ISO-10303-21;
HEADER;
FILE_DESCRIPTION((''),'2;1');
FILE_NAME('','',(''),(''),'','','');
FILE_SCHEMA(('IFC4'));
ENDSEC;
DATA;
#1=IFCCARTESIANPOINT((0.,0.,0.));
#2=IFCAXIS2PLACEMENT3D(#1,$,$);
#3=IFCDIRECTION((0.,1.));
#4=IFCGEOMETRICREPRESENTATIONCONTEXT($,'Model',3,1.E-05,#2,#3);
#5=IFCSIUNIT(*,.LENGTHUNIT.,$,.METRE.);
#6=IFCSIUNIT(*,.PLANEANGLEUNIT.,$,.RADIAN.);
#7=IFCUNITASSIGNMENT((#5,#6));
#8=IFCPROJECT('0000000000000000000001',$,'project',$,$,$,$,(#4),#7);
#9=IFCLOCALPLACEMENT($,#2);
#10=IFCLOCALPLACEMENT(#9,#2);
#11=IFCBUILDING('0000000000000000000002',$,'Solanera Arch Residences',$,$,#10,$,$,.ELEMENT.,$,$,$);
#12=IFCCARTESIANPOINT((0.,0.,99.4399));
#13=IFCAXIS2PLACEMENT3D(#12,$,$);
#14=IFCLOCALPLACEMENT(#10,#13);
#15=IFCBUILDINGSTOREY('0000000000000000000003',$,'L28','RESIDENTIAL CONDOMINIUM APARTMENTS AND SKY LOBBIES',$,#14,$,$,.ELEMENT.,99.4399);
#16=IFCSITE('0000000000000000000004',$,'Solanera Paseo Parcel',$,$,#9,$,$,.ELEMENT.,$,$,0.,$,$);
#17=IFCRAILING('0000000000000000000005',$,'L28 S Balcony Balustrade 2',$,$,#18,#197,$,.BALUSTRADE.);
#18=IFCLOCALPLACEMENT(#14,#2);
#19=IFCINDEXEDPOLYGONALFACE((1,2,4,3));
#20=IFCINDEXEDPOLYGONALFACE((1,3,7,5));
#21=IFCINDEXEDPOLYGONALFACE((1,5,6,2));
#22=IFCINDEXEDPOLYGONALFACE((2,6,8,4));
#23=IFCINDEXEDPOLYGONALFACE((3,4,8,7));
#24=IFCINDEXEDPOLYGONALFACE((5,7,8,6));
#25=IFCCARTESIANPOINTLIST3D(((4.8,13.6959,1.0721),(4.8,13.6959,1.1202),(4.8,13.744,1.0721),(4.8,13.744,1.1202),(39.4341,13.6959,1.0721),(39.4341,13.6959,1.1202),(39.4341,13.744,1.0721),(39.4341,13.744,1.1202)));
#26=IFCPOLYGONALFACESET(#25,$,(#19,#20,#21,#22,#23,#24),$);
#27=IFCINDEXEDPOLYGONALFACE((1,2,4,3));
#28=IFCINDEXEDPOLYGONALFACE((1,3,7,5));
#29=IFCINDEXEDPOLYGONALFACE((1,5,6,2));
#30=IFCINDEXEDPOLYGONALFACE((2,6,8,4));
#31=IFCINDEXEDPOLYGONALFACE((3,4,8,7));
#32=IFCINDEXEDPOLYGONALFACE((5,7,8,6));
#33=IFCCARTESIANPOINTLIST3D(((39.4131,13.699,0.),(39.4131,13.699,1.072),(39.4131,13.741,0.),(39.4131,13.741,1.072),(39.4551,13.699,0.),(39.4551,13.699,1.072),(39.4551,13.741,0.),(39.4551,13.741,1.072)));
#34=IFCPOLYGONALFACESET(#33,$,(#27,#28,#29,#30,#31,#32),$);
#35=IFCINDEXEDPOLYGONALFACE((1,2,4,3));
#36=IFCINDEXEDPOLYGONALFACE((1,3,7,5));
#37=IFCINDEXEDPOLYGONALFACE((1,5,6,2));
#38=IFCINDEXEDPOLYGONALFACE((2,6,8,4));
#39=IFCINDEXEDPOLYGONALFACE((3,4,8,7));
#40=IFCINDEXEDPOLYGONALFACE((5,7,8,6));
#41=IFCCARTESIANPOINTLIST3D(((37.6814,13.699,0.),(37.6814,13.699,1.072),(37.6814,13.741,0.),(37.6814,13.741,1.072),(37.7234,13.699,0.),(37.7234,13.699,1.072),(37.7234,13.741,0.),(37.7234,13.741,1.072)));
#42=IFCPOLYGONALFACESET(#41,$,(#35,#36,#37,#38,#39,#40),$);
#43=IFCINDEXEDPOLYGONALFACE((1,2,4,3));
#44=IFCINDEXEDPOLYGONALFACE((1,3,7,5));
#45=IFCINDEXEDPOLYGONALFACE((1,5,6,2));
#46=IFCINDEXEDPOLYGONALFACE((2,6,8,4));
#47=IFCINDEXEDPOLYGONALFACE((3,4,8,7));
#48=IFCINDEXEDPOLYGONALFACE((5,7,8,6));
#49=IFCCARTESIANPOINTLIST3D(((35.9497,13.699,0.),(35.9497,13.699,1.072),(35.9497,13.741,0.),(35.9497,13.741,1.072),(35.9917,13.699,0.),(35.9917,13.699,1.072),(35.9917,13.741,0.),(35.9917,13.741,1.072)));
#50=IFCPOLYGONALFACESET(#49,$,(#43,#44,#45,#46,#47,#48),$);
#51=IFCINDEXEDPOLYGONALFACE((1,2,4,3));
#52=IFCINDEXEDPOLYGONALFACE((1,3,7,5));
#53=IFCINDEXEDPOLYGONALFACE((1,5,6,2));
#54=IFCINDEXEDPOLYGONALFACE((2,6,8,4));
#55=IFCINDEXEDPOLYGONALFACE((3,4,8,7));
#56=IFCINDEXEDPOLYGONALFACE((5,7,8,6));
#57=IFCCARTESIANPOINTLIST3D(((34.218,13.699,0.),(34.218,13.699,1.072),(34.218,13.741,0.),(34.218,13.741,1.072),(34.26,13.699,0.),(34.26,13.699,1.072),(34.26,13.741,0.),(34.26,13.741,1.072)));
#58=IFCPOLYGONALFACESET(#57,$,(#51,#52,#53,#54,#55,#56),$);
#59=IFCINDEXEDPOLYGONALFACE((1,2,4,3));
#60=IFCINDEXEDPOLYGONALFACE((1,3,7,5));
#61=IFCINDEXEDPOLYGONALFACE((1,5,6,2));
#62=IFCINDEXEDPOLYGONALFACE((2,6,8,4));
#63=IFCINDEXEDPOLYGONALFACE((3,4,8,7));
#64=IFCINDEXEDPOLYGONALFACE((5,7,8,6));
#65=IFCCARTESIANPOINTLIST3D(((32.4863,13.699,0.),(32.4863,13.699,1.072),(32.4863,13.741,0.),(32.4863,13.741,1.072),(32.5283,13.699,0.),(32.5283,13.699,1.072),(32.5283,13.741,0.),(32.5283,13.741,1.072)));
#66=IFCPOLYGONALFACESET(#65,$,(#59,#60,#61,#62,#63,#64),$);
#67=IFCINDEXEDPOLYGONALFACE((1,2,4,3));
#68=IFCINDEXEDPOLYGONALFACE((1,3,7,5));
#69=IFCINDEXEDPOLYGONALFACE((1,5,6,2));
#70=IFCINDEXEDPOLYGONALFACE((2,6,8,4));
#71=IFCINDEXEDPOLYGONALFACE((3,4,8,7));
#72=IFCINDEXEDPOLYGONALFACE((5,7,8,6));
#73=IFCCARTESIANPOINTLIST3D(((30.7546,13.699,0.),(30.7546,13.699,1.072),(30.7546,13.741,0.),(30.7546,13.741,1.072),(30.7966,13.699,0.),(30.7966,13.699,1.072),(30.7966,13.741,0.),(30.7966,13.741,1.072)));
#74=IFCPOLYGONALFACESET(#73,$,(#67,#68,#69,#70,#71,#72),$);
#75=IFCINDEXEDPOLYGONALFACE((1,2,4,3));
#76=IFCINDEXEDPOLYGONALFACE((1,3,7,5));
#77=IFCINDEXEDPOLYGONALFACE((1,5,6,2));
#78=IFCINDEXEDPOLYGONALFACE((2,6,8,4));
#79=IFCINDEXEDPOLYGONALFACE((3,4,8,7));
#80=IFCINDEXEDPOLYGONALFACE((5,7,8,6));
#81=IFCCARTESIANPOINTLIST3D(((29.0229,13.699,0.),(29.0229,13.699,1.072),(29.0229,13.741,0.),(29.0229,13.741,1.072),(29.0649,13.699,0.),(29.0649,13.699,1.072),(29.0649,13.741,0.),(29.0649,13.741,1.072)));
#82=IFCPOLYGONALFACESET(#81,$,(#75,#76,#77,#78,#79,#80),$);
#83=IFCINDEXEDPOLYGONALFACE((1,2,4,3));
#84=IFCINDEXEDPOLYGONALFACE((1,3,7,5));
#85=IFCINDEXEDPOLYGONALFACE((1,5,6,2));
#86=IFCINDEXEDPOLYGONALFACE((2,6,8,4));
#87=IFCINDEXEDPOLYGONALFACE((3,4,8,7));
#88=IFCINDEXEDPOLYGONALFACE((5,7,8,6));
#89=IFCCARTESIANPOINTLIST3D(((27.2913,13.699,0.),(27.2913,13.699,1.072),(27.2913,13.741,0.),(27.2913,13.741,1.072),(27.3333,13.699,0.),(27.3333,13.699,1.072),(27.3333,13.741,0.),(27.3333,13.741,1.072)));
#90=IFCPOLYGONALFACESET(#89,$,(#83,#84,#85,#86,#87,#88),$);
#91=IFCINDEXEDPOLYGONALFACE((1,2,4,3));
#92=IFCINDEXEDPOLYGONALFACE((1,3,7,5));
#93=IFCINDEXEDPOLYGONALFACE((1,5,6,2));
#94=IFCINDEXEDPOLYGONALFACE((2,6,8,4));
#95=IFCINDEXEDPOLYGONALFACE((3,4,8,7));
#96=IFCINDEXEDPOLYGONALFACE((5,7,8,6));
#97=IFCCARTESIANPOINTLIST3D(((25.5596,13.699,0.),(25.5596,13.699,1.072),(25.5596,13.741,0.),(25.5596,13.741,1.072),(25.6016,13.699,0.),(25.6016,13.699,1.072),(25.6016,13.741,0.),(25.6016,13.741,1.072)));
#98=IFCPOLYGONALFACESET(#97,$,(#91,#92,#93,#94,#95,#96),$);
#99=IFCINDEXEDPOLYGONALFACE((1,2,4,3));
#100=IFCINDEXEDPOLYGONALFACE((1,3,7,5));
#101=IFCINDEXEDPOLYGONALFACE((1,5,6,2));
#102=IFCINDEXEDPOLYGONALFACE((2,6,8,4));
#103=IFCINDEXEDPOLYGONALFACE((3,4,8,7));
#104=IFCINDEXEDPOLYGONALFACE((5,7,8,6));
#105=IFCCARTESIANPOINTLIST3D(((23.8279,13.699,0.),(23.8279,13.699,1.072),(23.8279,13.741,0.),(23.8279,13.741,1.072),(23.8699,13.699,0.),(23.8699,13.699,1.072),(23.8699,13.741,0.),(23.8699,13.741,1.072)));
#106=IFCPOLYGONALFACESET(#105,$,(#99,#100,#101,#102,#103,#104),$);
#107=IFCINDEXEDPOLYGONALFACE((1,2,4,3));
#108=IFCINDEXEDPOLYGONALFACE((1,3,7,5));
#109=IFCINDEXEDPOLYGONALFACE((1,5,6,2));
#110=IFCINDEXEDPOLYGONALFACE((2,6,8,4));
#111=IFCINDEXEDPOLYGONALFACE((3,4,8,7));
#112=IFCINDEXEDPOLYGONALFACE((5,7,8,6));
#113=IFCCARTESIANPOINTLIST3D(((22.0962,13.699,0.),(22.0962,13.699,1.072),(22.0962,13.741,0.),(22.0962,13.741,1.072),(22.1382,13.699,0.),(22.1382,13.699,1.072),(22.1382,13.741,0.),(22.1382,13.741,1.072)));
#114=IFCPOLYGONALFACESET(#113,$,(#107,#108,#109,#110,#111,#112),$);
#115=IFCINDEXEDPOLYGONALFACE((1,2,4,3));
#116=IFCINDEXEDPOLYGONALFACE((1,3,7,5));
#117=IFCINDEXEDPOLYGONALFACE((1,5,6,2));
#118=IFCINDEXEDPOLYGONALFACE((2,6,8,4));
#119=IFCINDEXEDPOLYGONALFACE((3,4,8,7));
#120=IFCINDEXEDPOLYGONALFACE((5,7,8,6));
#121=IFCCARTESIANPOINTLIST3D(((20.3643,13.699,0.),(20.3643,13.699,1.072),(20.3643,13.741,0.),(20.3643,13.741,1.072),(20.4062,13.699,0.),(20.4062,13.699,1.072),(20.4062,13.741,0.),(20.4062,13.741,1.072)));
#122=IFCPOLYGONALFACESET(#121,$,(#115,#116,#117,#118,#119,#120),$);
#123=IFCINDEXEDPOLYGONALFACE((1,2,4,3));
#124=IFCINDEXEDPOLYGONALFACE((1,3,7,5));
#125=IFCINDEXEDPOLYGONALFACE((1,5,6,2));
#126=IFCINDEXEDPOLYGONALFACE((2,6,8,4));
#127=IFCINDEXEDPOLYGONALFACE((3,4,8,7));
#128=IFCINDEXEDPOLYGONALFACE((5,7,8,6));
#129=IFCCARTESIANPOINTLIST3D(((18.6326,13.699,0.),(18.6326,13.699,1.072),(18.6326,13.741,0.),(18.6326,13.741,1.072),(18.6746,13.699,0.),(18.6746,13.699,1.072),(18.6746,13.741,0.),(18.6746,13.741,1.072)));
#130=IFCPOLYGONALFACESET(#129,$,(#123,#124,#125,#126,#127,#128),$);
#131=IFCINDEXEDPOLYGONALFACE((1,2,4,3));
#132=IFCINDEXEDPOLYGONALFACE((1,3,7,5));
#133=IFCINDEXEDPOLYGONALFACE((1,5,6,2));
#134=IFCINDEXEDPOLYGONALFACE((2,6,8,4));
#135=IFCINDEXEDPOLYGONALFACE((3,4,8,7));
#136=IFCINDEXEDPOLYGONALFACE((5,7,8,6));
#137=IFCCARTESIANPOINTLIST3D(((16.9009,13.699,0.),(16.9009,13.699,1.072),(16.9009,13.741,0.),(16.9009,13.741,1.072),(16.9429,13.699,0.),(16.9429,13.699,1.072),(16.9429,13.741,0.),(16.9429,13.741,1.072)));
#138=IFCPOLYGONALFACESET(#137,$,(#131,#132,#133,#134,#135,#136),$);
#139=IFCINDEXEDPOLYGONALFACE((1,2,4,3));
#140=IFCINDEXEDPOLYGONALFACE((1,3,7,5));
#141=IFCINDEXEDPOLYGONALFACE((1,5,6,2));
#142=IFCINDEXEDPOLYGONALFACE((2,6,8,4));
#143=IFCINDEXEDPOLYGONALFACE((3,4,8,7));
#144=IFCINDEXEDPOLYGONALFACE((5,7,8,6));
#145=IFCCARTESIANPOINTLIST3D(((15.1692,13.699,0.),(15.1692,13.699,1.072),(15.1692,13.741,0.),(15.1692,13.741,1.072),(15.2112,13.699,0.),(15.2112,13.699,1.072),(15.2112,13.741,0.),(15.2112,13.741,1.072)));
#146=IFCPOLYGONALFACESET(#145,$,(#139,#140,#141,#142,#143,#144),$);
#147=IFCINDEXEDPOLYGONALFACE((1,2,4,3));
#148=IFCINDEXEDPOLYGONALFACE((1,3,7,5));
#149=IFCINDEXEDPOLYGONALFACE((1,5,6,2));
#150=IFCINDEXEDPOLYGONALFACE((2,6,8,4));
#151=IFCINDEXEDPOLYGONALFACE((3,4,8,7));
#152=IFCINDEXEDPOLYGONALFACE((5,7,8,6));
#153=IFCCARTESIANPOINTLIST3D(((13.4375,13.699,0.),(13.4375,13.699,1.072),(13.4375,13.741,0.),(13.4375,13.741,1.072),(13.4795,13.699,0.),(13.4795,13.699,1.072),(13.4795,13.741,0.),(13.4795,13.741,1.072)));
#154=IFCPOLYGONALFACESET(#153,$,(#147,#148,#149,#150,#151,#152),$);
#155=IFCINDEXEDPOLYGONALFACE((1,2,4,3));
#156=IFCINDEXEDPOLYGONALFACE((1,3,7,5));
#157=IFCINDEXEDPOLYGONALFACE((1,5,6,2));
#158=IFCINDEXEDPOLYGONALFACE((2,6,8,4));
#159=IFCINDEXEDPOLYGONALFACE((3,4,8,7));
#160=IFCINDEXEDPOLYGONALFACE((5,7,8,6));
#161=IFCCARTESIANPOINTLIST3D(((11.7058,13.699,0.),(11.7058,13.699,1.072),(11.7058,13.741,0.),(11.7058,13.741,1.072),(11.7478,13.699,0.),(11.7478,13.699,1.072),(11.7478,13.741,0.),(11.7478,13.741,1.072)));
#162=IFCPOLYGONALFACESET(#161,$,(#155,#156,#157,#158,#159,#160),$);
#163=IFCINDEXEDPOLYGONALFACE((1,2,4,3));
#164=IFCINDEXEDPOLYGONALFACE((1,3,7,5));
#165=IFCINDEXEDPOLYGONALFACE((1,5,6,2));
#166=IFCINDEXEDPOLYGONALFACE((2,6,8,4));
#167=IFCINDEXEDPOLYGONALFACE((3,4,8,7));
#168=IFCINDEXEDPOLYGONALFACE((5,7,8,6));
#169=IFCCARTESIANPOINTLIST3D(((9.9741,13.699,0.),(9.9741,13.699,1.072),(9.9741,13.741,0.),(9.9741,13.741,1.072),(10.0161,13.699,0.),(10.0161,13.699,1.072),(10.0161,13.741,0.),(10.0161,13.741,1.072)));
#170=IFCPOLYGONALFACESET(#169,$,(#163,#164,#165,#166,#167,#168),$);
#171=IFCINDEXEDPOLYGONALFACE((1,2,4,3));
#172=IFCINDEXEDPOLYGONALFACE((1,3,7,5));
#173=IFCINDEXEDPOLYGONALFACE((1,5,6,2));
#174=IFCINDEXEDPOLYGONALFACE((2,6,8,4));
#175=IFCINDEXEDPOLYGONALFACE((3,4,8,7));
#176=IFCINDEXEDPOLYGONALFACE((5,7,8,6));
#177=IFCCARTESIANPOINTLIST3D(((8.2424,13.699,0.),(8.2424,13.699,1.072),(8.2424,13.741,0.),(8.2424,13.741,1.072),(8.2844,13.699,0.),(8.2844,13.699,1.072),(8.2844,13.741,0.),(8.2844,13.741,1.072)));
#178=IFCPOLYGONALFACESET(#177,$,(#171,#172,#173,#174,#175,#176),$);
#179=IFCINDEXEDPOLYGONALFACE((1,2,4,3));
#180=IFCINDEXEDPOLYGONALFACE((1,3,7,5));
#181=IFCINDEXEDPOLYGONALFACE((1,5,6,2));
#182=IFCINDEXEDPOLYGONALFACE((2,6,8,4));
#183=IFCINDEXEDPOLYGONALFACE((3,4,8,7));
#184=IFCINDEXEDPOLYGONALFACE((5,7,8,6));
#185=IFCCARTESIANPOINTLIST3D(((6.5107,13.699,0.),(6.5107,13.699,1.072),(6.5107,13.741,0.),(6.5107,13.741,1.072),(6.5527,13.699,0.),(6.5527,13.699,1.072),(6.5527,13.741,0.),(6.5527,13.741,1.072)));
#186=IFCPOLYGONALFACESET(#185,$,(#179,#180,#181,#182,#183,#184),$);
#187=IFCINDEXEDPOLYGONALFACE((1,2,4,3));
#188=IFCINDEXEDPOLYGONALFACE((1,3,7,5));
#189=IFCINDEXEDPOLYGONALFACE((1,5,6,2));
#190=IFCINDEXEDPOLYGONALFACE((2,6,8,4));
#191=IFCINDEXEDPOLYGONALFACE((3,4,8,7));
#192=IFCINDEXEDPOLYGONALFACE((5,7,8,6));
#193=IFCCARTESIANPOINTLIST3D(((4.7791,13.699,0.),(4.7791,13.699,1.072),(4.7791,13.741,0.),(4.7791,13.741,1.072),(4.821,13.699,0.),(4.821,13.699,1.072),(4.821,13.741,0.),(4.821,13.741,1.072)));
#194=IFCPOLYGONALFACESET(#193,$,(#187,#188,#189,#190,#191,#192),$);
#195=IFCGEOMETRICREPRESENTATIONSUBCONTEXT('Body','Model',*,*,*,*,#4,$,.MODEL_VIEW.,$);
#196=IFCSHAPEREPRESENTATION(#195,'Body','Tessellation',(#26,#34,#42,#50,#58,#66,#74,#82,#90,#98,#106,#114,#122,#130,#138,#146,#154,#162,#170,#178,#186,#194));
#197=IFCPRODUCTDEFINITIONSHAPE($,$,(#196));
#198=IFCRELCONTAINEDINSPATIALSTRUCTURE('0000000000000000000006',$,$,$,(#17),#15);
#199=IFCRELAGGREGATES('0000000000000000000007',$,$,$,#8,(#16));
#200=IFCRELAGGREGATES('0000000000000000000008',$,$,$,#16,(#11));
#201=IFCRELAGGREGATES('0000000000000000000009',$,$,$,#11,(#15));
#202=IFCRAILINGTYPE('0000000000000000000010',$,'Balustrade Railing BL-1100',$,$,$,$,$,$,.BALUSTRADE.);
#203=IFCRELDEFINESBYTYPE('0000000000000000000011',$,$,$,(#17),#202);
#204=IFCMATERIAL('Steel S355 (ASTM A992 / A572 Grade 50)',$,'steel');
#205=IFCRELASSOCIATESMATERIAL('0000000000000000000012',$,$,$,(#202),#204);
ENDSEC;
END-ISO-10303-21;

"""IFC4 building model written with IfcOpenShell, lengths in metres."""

from ifc_helpers import new_model, si_unit, direction, frame, origin, origin_2d, place, context, subcontext, project, spatial, rectangle, extrude, material, type_object, element, save


model = new_model("IFC4")

# Units and contexts
model_context = context("Model", 3, precision=1e-05, world=origin(), true_north=direction((0.0, 1.0)))
body_context = subcontext(model_context, "Body", "Model", "MODEL_VIEW")
ifc_project = project(units=[si_unit("LENGTHUNIT", "METRE"), si_unit("PLANEANGLEUNIT", "RADIAN")], contexts=[model_context])

# Site, building, storey
site_placement = place(None, origin())
site = spatial("IfcSite", under=ifc_project, at=site_placement, Name="Solanera Paseo Parcel", CompositionType="ELEMENT", RefElevation=0.0)
building_placement = place(site_placement, origin())
building = spatial("IfcBuilding", under=site, at=building_placement, Name="Solanera Arch Residences", CompositionType="ELEMENT")
storey_placement = place(building_placement, frame((0.0, 0.0, 99.4399)))
storey = spatial("IfcBuildingStorey", under=building, at=storey_placement, Name="L28", Description="RESIDENTIAL CONDOMINIUM APARTMENTS AND SKY LOBBIES", CompositionType="ELEMENT", Elevation=99.4399)

# Railing
ifc_material_1 = material(Name="Steel S355 (ASTM A992 / A572 Grade 50)", Category="steel")
railing_type = type_object("IfcRailingType", Name="Balustrade Railing BL-1100", PredefinedType="BALUSTRADE", material=ifc_material_1)
railing_placement = place(storey_placement, frame((39.4341, 13.72, 0.0)))
element("IfcRailing", 1, at=railing_placement, inside=storey, type_object=railing_type, Name="L28 S Balcony Balustrade 2", PredefinedType="BALUSTRADE", context=body_context, shape_type="SweptSolid", body=[
    extrude(rectangle(XDim=0.0481, YDim=0.0481, at=origin_2d()), frame((0.0, 0.0, 1.0962), z_axis=(-1.0, 0.0, 0.0), x_axis=(0.0, -1.0, 0.0)), (0.0, 0.0, 1.0), 34.634),
    extrude(rectangle(XDim=0.042, YDim=0.042, at=origin_2d()), origin(), (0.0, 0.0, 1.0), 1.072),
    extrude(rectangle(XDim=0.042, YDim=0.042, at=origin_2d()), frame((-1.7317, 0.0, 0.0)), (0.0, 0.0, 1.0), 1.072),
    extrude(rectangle(XDim=0.042, YDim=0.042, at=origin_2d()), frame((-3.4634, 0.0, 0.0)), (0.0, 0.0, 1.0), 1.072),
    extrude(rectangle(XDim=0.042, YDim=0.042, at=origin_2d()), frame((-5.1951, 0.0, 0.0)), (0.0, 0.0, 1.0), 1.072),
    extrude(rectangle(XDim=0.042, YDim=0.042, at=origin_2d()), frame((-6.9268, 0.0, 0.0)), (0.0, 0.0, 1.0), 1.072),
    extrude(rectangle(XDim=0.042, YDim=0.042, at=origin_2d()), frame((-8.6584, 0.0, 0.0)), (0.0, 0.0, 1.0), 1.072),
    extrude(rectangle(XDim=0.042, YDim=0.042, at=origin_2d()), frame((-10.3901, 0.0, 0.0)), (0.0, 0.0, 1.0), 1.072),
    extrude(rectangle(XDim=0.042, YDim=0.042, at=origin_2d()), frame((-12.1218, 0.0, 0.0)), (0.0, 0.0, 1.0), 1.072),
    extrude(rectangle(XDim=0.042, YDim=0.042, at=origin_2d()), frame((-13.8535, 0.0, 0.0)), (0.0, 0.0, 1.0), 1.072),
    extrude(rectangle(XDim=0.042, YDim=0.042, at=origin_2d()), frame((-15.5852, 0.0, 0.0)), (0.0, 0.0, 1.0), 1.072),
    extrude(rectangle(XDim=0.042, YDim=0.042, at=origin_2d()), frame((-17.3169, 0.0, 0.0)), (0.0, 0.0, 1.0), 1.072),
    extrude(rectangle(XDim=0.042, YDim=0.042, at=origin_2d()), frame((-19.0488, 0.0, 0.0)), (0.0, 0.0, 1.0), 1.072),
    extrude(rectangle(XDim=0.042, YDim=0.042, at=origin_2d()), frame((-20.7805, 0.0, 0.0)), (0.0, 0.0, 1.0), 1.072),
    extrude(rectangle(XDim=0.042, YDim=0.042, at=origin_2d()), frame((-22.5122, 0.0, 0.0)), (0.0, 0.0, 1.0), 1.072),
    extrude(rectangle(XDim=0.042, YDim=0.042, at=origin_2d()), frame((-24.2439, 0.0, 0.0)), (0.0, 0.0, 1.0), 1.072),
    extrude(rectangle(XDim=0.042, YDim=0.042, at=origin_2d()), frame((-25.9756, 0.0, 0.0)), (0.0, 0.0, 1.0), 1.072),
    extrude(rectangle(XDim=0.042, YDim=0.042, at=origin_2d()), frame((-27.7073, 0.0, 0.0)), (0.0, 0.0, 1.0), 1.072),
    extrude(rectangle(XDim=0.042, YDim=0.042, at=origin_2d()), frame((-29.439, 0.0, 0.0)), (0.0, 0.0, 1.0), 1.072),
    extrude(rectangle(XDim=0.042, YDim=0.042, at=origin_2d()), frame((-31.1707, 0.0, 0.0)), (0.0, 0.0, 1.0), 1.072),
    extrude(rectangle(XDim=0.042, YDim=0.042, at=origin_2d()), frame((-32.9023, 0.0, 0.0)), (0.0, 0.0, 1.0), 1.072),
    extrude(rectangle(XDim=0.042, YDim=0.042, at=origin_2d()), frame((-34.634, 0.0, 0.0)), (0.0, 0.0, 1.0), 1.072),
])

save(model, "model.ifc")
